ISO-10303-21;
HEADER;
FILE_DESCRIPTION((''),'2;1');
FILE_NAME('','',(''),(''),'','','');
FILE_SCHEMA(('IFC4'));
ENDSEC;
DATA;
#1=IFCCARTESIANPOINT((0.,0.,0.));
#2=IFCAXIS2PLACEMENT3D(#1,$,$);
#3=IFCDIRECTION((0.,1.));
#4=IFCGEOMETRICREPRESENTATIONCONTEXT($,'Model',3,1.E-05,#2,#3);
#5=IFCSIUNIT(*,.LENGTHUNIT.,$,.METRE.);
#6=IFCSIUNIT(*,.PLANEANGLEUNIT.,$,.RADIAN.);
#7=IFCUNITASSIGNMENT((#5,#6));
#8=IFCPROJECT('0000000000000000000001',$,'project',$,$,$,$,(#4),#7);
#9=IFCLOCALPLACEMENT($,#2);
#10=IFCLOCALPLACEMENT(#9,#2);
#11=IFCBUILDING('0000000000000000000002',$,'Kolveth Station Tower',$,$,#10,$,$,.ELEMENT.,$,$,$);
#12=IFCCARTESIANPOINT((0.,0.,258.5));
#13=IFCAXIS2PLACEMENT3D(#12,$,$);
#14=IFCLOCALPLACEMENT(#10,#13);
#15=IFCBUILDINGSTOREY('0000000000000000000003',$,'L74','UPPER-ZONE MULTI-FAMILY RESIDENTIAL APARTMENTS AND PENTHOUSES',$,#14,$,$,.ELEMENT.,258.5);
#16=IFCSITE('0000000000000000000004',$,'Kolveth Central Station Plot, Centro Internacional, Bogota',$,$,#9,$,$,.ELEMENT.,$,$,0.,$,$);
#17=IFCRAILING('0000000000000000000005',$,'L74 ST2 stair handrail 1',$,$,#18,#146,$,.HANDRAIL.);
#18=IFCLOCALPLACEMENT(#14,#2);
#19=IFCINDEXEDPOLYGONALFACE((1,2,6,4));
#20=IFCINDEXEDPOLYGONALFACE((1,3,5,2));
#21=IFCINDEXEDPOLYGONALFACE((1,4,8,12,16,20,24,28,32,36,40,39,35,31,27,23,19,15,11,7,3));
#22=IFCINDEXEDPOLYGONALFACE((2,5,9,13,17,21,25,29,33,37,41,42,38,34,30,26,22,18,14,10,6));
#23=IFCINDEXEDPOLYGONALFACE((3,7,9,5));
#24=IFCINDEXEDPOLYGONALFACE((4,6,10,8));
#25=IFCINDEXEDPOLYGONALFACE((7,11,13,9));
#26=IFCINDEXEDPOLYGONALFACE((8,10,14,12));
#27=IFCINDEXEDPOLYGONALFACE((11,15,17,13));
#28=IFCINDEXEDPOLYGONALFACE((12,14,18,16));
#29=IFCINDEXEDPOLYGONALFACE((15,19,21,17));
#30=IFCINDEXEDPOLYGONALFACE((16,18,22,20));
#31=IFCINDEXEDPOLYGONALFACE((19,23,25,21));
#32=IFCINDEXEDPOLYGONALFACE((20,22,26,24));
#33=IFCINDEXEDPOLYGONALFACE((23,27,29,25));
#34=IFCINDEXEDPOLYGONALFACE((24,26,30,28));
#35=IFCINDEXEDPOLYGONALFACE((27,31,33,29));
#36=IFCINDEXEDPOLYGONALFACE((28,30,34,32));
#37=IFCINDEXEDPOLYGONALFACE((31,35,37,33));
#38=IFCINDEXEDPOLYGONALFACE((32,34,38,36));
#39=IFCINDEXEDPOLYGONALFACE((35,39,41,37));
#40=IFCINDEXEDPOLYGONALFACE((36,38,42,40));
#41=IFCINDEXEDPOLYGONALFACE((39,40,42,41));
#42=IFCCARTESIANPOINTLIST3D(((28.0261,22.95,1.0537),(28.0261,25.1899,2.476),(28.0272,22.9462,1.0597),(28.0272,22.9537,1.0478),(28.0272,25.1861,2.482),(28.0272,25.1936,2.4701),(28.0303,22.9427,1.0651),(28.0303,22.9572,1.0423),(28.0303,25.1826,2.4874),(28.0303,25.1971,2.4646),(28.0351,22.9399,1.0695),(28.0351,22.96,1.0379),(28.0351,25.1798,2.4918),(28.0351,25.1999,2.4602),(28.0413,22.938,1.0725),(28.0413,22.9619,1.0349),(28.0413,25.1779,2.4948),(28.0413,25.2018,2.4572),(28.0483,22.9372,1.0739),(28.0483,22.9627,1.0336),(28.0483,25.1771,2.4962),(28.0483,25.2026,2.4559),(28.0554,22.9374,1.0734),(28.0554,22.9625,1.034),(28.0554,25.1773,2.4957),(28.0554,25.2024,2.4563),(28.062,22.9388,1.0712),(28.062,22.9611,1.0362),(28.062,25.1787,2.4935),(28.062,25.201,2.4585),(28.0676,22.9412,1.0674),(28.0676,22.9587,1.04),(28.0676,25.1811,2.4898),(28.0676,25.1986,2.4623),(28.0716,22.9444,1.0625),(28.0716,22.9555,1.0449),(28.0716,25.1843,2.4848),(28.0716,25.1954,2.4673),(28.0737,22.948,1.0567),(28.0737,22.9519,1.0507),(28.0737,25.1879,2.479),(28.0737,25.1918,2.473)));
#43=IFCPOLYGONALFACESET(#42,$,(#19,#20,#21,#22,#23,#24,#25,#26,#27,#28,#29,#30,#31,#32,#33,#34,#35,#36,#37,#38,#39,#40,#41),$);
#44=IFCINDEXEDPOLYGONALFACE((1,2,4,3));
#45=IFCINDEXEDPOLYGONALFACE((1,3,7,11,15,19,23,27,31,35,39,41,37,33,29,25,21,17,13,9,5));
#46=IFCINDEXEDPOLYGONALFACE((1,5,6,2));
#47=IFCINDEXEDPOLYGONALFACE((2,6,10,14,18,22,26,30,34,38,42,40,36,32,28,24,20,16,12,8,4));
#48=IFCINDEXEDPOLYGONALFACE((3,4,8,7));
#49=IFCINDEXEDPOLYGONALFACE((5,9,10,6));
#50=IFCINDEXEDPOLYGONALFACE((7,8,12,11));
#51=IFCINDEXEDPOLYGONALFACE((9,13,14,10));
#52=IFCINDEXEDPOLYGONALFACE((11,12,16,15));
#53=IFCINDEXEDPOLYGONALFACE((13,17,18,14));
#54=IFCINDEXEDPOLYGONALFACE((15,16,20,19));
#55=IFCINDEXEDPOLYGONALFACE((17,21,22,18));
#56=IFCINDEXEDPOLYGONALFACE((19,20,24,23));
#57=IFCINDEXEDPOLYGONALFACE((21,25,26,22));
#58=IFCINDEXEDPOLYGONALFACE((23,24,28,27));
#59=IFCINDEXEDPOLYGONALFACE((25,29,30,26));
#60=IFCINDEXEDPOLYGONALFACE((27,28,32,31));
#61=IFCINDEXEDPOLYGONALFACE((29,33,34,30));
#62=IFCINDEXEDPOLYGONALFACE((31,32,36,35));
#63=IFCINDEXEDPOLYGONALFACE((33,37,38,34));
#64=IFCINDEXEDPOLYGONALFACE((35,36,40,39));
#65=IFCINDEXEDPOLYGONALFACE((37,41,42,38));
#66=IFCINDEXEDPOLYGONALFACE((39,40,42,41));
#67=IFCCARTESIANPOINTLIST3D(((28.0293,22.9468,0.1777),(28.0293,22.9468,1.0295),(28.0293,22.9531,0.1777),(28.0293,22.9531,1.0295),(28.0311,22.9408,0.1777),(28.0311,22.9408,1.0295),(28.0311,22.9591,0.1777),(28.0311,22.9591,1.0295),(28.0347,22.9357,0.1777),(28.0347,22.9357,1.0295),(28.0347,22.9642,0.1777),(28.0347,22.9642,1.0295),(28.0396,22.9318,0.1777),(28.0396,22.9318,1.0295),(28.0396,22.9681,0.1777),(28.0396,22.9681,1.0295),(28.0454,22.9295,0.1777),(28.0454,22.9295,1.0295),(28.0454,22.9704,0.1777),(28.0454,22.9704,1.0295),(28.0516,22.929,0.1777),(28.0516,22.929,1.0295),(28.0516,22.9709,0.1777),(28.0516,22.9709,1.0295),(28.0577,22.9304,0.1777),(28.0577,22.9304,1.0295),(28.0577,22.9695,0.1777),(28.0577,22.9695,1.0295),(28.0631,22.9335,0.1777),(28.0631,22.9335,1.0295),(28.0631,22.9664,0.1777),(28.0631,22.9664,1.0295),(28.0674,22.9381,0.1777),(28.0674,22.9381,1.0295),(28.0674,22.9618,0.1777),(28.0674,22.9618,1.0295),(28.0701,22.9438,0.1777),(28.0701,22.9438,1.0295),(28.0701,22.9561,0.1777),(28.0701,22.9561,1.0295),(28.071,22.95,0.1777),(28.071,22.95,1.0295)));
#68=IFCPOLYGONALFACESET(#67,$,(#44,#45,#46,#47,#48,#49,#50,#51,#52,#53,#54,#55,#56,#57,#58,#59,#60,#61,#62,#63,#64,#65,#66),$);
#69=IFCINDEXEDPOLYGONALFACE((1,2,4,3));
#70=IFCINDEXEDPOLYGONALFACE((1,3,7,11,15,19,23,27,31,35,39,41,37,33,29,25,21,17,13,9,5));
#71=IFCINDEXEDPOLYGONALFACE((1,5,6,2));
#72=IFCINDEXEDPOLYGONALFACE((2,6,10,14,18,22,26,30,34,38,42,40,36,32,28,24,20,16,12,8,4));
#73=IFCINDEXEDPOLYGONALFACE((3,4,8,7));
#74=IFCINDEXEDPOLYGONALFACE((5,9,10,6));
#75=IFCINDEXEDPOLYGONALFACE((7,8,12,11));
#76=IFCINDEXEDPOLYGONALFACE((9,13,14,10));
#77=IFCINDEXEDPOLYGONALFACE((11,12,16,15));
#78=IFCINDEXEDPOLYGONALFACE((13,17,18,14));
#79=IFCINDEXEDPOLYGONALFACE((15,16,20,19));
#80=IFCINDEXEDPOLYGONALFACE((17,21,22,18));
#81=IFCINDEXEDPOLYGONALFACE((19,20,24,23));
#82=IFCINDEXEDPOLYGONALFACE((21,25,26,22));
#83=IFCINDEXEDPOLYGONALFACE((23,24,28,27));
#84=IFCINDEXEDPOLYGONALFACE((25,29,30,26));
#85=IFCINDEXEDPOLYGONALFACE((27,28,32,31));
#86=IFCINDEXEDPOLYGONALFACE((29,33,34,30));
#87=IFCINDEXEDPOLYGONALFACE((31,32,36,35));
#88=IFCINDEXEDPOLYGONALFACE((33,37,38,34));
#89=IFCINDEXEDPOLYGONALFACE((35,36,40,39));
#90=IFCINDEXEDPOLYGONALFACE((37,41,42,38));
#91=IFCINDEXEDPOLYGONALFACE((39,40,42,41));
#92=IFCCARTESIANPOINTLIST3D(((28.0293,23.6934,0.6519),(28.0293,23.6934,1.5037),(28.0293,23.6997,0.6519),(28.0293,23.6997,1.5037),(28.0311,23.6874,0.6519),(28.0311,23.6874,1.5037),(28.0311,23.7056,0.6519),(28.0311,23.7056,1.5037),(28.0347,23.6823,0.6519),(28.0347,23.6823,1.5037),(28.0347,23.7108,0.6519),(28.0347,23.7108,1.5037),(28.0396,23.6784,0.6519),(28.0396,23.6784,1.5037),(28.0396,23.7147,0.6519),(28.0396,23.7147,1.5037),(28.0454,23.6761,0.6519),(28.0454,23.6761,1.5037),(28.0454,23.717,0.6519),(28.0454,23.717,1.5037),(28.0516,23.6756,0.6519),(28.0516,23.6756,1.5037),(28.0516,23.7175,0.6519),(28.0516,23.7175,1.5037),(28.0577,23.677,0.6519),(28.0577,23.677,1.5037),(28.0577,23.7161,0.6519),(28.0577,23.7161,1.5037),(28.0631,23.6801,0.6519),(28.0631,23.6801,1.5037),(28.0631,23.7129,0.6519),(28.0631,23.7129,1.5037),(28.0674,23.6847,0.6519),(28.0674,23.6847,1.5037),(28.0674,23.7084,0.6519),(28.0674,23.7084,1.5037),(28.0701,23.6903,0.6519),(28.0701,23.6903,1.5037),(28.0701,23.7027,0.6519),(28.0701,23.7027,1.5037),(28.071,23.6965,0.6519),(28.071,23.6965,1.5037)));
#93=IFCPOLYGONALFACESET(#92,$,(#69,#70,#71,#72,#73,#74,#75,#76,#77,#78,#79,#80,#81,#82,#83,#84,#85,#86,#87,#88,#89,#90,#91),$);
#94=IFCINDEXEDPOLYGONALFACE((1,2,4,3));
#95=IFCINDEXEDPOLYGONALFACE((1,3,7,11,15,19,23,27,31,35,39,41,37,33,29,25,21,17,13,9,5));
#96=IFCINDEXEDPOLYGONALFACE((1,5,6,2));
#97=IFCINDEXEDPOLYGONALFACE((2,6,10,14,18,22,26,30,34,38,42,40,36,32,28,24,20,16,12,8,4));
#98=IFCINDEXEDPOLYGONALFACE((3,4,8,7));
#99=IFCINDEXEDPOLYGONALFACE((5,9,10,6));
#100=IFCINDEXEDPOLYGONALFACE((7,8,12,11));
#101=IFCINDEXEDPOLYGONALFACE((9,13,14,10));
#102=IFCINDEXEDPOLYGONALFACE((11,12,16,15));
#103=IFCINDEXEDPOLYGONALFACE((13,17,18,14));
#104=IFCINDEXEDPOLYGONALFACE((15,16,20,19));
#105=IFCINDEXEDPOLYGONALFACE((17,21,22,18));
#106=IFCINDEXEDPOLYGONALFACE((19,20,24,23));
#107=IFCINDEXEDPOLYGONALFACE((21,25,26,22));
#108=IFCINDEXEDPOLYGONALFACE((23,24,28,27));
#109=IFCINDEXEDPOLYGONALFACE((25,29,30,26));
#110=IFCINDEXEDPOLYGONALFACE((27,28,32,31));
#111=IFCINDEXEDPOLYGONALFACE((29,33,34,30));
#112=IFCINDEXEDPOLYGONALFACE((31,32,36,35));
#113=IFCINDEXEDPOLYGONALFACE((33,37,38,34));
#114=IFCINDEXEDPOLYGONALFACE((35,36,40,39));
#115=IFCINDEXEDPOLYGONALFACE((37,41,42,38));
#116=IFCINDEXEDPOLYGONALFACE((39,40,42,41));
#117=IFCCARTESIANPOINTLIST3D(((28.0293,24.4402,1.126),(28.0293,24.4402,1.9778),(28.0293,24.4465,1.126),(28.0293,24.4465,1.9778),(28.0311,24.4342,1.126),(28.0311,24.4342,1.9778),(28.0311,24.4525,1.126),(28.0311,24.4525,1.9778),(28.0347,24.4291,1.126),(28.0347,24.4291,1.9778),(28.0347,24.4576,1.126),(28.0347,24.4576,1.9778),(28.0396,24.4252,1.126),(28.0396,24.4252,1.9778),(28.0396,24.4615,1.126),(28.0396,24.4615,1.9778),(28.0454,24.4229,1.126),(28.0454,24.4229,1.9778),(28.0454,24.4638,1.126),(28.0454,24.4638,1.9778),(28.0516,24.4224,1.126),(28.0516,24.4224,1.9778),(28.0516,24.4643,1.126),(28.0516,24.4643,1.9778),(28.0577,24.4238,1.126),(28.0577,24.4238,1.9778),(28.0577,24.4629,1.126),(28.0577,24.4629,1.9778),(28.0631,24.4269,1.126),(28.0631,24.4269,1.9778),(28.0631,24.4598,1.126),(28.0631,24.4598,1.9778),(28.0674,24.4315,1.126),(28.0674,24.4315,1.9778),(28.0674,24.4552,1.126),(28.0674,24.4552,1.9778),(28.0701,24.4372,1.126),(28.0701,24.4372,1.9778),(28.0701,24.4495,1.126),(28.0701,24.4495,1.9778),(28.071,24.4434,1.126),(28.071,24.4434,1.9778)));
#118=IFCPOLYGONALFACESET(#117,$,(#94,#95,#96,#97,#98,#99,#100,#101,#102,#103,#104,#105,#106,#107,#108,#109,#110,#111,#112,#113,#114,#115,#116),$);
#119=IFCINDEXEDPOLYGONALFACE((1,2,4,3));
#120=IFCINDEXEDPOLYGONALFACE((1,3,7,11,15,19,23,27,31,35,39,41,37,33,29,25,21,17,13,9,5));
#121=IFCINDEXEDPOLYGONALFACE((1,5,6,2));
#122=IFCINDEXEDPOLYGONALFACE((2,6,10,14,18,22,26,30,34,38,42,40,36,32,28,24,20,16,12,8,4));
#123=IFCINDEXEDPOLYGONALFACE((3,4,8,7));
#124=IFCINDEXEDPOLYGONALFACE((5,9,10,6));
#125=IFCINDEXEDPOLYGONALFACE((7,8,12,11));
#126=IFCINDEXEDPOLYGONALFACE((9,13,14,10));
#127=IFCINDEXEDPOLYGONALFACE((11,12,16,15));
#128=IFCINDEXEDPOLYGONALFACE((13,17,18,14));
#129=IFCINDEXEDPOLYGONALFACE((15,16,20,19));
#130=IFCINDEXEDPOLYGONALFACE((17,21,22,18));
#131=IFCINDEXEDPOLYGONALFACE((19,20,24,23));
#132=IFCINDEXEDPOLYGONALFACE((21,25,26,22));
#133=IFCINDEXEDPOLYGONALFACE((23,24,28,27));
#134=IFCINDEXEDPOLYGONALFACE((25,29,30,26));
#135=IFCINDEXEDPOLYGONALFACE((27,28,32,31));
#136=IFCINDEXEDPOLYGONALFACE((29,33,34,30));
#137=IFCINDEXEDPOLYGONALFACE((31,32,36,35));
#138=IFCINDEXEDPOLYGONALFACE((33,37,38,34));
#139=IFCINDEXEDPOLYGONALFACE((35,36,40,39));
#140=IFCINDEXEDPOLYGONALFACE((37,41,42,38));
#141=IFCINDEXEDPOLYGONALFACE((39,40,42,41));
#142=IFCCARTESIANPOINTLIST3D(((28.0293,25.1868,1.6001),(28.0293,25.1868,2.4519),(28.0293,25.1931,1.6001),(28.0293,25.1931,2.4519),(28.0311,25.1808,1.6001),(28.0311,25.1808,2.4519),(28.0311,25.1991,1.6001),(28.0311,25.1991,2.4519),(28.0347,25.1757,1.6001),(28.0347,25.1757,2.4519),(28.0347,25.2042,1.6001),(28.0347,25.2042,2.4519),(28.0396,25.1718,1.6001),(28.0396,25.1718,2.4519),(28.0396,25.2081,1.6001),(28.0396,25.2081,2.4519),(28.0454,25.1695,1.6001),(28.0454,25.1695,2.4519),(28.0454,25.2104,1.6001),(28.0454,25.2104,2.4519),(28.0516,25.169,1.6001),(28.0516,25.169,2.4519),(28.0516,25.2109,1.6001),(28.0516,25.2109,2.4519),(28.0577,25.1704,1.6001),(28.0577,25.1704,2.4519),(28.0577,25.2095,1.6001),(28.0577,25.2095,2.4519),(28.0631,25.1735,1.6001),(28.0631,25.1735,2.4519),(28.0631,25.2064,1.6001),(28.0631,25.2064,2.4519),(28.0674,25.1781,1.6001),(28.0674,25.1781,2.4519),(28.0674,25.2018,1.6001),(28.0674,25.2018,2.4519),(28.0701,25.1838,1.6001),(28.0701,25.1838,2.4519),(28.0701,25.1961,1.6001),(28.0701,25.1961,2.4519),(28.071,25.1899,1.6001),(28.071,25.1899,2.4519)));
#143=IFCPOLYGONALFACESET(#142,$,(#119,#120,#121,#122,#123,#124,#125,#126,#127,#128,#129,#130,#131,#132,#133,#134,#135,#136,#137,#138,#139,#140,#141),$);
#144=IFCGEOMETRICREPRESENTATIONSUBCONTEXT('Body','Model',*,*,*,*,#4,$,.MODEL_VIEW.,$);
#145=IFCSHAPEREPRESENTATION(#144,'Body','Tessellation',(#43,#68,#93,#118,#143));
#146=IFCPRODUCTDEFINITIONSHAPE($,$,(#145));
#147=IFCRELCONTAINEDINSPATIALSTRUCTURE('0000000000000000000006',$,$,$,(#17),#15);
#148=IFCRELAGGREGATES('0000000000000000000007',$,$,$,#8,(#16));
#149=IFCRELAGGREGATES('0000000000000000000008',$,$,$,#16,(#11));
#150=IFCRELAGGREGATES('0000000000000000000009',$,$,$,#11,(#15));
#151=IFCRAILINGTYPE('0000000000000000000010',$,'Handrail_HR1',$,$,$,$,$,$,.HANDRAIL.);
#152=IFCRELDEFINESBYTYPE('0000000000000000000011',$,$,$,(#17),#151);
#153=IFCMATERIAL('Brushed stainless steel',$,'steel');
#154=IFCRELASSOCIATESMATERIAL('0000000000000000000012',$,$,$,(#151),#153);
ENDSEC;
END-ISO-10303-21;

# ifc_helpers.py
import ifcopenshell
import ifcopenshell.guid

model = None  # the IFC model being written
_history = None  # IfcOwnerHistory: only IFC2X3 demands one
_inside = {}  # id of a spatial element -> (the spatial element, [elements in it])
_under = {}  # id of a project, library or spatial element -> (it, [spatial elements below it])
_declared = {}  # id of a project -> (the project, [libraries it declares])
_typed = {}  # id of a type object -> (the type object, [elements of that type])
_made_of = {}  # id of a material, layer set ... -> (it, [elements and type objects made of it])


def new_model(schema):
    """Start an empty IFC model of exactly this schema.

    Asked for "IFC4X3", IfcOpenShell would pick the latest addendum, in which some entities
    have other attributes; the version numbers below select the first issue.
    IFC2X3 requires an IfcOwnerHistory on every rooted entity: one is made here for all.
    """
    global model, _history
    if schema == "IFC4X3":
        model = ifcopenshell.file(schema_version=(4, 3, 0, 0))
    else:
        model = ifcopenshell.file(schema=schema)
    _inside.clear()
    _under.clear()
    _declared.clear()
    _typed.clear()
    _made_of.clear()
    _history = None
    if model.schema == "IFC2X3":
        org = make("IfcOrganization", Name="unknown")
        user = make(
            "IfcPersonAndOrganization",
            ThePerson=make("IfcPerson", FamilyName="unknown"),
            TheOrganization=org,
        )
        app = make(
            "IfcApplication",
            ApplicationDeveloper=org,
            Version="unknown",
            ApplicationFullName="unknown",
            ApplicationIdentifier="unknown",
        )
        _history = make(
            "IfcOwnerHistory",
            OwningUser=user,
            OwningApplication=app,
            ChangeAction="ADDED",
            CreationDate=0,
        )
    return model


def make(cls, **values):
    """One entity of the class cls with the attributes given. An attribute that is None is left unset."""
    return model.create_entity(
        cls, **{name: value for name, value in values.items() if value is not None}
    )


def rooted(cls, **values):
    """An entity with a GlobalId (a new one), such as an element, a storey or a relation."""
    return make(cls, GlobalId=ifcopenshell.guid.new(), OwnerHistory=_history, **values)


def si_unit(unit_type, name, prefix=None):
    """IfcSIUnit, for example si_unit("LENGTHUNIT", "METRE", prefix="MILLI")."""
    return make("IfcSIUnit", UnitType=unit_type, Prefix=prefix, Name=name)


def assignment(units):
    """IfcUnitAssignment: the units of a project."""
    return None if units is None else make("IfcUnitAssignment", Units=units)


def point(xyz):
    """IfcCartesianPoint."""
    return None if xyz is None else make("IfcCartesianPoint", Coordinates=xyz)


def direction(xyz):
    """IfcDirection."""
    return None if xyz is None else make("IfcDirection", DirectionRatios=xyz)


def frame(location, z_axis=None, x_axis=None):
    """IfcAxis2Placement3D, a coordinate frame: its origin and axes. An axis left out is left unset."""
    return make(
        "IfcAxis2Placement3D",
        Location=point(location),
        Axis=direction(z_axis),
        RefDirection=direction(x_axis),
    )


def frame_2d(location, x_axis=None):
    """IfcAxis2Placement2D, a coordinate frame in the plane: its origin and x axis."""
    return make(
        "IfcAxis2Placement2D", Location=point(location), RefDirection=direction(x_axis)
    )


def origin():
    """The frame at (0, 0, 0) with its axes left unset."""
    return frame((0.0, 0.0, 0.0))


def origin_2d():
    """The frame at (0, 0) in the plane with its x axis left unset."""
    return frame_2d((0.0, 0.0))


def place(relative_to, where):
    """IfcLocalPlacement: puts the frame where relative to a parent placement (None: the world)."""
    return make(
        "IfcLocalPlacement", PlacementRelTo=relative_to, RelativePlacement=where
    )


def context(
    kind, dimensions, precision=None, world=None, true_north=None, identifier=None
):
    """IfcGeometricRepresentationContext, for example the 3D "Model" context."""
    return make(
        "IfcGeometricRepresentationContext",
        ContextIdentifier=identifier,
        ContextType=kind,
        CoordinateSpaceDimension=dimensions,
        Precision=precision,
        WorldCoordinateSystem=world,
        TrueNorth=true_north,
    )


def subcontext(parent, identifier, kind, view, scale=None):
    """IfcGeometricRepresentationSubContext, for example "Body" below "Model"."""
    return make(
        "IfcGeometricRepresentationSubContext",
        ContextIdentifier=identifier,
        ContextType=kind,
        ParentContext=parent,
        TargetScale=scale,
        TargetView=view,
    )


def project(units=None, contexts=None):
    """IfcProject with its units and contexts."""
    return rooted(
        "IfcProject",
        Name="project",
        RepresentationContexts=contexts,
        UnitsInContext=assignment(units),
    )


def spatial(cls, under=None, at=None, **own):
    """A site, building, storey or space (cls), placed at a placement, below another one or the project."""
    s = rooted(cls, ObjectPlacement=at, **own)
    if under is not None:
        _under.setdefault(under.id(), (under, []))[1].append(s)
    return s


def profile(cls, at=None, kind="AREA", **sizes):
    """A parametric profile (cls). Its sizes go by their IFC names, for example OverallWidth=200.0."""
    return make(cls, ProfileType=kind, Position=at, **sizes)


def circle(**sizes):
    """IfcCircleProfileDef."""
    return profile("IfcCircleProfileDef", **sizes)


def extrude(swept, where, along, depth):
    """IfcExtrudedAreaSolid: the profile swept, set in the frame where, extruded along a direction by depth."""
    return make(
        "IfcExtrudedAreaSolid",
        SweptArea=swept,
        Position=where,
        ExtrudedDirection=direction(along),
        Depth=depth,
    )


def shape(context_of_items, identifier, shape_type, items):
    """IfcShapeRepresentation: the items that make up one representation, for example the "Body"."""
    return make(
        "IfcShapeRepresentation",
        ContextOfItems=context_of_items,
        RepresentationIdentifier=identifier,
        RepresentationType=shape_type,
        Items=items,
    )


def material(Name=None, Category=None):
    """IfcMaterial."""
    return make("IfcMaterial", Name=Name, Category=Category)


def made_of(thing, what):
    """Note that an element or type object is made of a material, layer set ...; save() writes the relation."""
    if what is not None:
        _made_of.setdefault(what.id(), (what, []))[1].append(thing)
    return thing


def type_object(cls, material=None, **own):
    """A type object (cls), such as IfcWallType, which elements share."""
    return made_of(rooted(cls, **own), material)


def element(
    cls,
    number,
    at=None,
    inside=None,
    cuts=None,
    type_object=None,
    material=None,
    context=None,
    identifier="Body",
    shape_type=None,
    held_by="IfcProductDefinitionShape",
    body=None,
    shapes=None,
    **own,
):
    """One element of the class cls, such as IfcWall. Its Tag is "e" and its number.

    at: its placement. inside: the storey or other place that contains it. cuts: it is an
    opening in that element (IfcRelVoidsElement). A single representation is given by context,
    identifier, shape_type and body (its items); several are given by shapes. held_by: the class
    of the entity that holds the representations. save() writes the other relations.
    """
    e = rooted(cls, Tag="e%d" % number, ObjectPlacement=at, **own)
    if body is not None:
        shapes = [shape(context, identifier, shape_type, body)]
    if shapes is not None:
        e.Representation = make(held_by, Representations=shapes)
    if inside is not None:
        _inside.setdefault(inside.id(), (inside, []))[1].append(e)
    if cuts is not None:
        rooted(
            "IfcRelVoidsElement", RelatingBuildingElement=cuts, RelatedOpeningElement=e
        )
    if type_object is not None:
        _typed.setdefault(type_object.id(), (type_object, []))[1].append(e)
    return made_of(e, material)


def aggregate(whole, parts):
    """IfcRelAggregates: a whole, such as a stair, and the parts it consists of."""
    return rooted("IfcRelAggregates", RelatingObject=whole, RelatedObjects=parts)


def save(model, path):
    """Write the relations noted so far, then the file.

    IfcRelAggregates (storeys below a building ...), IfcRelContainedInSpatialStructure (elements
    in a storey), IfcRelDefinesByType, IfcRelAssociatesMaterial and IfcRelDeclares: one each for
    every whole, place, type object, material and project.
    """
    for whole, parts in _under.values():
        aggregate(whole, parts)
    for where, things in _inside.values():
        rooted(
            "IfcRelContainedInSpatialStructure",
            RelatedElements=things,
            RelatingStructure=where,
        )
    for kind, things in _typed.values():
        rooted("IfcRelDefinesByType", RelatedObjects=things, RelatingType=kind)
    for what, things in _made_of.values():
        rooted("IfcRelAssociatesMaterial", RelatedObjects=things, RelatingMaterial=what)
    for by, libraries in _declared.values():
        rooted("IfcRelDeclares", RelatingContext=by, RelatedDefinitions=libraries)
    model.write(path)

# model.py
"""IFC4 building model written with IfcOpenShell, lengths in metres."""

from ifc_helpers import new_model, si_unit, direction, frame, origin, origin_2d, place, context, subcontext, project, spatial, circle, extrude, material, type_object, element, save


model = new_model("IFC4")

# Units and contexts
model_context = context("Model", 3, precision=1e-05, world=origin(), true_north=direction((0.0, 1.0)))
body_context = subcontext(model_context, "Body", "Model", "MODEL_VIEW")
ifc_project = project(units=[si_unit("LENGTHUNIT", "METRE"), si_unit("PLANEANGLEUNIT", "RADIAN")], contexts=[model_context])

# Site, building, storey
site_placement = place(None, origin())
site = spatial("IfcSite", under=ifc_project, at=site_placement, Name="Kolveth Central Station Plot, Centro Internacional, Bogota", CompositionType="ELEMENT", RefElevation=0.0)
building_placement = place(site_placement, origin())
building = spatial("IfcBuilding", under=site, at=building_placement, Name="Kolveth Station Tower", CompositionType="ELEMENT")
storey_placement = place(building_placement, frame((0.0, 0.0, 258.5)))
storey = spatial("IfcBuildingStorey", under=building, at=storey_placement, Name="L74", Description="UPPER-ZONE MULTI-FAMILY RESIDENTIAL APARTMENTS AND PENTHOUSES", CompositionType="ELEMENT", Elevation=258.5)

# Railing
ifc_material_1 = material(Name="Brushed stainless steel", Category="steel")
railing_type_1 = type_object("IfcRailingType", Name="Handrail_HR1", PredefinedType="HANDRAIL", material=ifc_material_1)
for number, where, name in (
    (1, (28.05, 22.95, 0.1777), "L74 ST2 stair handrail 1"),
):
    element("IfcRailing", number, at=place(storey_placement, frame(where)), inside=storey, type_object=railing_type_1, Name=name, PredefinedType="HANDRAIL", context=body_context, shape_type="SweptSolid", body=[
        extrude(circle(Radius=0.0239, at=origin_2d()), frame((0.0, 0.0, 0.876), z_axis=(0.0, 0.844188, 0.536048), x_axis=(-1.0, 0.0, 0.0)), (0.0, 0.0, 1.0), 2.6533),
        extrude(circle(Radius=0.021, at=origin_2d()), origin(), (0.0, 0.0, 1.0), 0.8518),
        extrude(circle(Radius=0.021, at=origin_2d()), frame((0.0, 0.7466, 0.4741)), (0.0, 0.0, 1.0), 0.8518),
        extrude(circle(Radius=0.021, at=origin_2d()), frame((0.0, 1.4934, 0.9482)), (0.0, 0.0, 1.0), 0.8518),
        extrude(circle(Radius=0.021, at=origin_2d()), frame((0.0, 2.24, 1.4224)), (0.0, 0.0, 1.0), 0.8518),
    ])

save(model, "model.ifc")
